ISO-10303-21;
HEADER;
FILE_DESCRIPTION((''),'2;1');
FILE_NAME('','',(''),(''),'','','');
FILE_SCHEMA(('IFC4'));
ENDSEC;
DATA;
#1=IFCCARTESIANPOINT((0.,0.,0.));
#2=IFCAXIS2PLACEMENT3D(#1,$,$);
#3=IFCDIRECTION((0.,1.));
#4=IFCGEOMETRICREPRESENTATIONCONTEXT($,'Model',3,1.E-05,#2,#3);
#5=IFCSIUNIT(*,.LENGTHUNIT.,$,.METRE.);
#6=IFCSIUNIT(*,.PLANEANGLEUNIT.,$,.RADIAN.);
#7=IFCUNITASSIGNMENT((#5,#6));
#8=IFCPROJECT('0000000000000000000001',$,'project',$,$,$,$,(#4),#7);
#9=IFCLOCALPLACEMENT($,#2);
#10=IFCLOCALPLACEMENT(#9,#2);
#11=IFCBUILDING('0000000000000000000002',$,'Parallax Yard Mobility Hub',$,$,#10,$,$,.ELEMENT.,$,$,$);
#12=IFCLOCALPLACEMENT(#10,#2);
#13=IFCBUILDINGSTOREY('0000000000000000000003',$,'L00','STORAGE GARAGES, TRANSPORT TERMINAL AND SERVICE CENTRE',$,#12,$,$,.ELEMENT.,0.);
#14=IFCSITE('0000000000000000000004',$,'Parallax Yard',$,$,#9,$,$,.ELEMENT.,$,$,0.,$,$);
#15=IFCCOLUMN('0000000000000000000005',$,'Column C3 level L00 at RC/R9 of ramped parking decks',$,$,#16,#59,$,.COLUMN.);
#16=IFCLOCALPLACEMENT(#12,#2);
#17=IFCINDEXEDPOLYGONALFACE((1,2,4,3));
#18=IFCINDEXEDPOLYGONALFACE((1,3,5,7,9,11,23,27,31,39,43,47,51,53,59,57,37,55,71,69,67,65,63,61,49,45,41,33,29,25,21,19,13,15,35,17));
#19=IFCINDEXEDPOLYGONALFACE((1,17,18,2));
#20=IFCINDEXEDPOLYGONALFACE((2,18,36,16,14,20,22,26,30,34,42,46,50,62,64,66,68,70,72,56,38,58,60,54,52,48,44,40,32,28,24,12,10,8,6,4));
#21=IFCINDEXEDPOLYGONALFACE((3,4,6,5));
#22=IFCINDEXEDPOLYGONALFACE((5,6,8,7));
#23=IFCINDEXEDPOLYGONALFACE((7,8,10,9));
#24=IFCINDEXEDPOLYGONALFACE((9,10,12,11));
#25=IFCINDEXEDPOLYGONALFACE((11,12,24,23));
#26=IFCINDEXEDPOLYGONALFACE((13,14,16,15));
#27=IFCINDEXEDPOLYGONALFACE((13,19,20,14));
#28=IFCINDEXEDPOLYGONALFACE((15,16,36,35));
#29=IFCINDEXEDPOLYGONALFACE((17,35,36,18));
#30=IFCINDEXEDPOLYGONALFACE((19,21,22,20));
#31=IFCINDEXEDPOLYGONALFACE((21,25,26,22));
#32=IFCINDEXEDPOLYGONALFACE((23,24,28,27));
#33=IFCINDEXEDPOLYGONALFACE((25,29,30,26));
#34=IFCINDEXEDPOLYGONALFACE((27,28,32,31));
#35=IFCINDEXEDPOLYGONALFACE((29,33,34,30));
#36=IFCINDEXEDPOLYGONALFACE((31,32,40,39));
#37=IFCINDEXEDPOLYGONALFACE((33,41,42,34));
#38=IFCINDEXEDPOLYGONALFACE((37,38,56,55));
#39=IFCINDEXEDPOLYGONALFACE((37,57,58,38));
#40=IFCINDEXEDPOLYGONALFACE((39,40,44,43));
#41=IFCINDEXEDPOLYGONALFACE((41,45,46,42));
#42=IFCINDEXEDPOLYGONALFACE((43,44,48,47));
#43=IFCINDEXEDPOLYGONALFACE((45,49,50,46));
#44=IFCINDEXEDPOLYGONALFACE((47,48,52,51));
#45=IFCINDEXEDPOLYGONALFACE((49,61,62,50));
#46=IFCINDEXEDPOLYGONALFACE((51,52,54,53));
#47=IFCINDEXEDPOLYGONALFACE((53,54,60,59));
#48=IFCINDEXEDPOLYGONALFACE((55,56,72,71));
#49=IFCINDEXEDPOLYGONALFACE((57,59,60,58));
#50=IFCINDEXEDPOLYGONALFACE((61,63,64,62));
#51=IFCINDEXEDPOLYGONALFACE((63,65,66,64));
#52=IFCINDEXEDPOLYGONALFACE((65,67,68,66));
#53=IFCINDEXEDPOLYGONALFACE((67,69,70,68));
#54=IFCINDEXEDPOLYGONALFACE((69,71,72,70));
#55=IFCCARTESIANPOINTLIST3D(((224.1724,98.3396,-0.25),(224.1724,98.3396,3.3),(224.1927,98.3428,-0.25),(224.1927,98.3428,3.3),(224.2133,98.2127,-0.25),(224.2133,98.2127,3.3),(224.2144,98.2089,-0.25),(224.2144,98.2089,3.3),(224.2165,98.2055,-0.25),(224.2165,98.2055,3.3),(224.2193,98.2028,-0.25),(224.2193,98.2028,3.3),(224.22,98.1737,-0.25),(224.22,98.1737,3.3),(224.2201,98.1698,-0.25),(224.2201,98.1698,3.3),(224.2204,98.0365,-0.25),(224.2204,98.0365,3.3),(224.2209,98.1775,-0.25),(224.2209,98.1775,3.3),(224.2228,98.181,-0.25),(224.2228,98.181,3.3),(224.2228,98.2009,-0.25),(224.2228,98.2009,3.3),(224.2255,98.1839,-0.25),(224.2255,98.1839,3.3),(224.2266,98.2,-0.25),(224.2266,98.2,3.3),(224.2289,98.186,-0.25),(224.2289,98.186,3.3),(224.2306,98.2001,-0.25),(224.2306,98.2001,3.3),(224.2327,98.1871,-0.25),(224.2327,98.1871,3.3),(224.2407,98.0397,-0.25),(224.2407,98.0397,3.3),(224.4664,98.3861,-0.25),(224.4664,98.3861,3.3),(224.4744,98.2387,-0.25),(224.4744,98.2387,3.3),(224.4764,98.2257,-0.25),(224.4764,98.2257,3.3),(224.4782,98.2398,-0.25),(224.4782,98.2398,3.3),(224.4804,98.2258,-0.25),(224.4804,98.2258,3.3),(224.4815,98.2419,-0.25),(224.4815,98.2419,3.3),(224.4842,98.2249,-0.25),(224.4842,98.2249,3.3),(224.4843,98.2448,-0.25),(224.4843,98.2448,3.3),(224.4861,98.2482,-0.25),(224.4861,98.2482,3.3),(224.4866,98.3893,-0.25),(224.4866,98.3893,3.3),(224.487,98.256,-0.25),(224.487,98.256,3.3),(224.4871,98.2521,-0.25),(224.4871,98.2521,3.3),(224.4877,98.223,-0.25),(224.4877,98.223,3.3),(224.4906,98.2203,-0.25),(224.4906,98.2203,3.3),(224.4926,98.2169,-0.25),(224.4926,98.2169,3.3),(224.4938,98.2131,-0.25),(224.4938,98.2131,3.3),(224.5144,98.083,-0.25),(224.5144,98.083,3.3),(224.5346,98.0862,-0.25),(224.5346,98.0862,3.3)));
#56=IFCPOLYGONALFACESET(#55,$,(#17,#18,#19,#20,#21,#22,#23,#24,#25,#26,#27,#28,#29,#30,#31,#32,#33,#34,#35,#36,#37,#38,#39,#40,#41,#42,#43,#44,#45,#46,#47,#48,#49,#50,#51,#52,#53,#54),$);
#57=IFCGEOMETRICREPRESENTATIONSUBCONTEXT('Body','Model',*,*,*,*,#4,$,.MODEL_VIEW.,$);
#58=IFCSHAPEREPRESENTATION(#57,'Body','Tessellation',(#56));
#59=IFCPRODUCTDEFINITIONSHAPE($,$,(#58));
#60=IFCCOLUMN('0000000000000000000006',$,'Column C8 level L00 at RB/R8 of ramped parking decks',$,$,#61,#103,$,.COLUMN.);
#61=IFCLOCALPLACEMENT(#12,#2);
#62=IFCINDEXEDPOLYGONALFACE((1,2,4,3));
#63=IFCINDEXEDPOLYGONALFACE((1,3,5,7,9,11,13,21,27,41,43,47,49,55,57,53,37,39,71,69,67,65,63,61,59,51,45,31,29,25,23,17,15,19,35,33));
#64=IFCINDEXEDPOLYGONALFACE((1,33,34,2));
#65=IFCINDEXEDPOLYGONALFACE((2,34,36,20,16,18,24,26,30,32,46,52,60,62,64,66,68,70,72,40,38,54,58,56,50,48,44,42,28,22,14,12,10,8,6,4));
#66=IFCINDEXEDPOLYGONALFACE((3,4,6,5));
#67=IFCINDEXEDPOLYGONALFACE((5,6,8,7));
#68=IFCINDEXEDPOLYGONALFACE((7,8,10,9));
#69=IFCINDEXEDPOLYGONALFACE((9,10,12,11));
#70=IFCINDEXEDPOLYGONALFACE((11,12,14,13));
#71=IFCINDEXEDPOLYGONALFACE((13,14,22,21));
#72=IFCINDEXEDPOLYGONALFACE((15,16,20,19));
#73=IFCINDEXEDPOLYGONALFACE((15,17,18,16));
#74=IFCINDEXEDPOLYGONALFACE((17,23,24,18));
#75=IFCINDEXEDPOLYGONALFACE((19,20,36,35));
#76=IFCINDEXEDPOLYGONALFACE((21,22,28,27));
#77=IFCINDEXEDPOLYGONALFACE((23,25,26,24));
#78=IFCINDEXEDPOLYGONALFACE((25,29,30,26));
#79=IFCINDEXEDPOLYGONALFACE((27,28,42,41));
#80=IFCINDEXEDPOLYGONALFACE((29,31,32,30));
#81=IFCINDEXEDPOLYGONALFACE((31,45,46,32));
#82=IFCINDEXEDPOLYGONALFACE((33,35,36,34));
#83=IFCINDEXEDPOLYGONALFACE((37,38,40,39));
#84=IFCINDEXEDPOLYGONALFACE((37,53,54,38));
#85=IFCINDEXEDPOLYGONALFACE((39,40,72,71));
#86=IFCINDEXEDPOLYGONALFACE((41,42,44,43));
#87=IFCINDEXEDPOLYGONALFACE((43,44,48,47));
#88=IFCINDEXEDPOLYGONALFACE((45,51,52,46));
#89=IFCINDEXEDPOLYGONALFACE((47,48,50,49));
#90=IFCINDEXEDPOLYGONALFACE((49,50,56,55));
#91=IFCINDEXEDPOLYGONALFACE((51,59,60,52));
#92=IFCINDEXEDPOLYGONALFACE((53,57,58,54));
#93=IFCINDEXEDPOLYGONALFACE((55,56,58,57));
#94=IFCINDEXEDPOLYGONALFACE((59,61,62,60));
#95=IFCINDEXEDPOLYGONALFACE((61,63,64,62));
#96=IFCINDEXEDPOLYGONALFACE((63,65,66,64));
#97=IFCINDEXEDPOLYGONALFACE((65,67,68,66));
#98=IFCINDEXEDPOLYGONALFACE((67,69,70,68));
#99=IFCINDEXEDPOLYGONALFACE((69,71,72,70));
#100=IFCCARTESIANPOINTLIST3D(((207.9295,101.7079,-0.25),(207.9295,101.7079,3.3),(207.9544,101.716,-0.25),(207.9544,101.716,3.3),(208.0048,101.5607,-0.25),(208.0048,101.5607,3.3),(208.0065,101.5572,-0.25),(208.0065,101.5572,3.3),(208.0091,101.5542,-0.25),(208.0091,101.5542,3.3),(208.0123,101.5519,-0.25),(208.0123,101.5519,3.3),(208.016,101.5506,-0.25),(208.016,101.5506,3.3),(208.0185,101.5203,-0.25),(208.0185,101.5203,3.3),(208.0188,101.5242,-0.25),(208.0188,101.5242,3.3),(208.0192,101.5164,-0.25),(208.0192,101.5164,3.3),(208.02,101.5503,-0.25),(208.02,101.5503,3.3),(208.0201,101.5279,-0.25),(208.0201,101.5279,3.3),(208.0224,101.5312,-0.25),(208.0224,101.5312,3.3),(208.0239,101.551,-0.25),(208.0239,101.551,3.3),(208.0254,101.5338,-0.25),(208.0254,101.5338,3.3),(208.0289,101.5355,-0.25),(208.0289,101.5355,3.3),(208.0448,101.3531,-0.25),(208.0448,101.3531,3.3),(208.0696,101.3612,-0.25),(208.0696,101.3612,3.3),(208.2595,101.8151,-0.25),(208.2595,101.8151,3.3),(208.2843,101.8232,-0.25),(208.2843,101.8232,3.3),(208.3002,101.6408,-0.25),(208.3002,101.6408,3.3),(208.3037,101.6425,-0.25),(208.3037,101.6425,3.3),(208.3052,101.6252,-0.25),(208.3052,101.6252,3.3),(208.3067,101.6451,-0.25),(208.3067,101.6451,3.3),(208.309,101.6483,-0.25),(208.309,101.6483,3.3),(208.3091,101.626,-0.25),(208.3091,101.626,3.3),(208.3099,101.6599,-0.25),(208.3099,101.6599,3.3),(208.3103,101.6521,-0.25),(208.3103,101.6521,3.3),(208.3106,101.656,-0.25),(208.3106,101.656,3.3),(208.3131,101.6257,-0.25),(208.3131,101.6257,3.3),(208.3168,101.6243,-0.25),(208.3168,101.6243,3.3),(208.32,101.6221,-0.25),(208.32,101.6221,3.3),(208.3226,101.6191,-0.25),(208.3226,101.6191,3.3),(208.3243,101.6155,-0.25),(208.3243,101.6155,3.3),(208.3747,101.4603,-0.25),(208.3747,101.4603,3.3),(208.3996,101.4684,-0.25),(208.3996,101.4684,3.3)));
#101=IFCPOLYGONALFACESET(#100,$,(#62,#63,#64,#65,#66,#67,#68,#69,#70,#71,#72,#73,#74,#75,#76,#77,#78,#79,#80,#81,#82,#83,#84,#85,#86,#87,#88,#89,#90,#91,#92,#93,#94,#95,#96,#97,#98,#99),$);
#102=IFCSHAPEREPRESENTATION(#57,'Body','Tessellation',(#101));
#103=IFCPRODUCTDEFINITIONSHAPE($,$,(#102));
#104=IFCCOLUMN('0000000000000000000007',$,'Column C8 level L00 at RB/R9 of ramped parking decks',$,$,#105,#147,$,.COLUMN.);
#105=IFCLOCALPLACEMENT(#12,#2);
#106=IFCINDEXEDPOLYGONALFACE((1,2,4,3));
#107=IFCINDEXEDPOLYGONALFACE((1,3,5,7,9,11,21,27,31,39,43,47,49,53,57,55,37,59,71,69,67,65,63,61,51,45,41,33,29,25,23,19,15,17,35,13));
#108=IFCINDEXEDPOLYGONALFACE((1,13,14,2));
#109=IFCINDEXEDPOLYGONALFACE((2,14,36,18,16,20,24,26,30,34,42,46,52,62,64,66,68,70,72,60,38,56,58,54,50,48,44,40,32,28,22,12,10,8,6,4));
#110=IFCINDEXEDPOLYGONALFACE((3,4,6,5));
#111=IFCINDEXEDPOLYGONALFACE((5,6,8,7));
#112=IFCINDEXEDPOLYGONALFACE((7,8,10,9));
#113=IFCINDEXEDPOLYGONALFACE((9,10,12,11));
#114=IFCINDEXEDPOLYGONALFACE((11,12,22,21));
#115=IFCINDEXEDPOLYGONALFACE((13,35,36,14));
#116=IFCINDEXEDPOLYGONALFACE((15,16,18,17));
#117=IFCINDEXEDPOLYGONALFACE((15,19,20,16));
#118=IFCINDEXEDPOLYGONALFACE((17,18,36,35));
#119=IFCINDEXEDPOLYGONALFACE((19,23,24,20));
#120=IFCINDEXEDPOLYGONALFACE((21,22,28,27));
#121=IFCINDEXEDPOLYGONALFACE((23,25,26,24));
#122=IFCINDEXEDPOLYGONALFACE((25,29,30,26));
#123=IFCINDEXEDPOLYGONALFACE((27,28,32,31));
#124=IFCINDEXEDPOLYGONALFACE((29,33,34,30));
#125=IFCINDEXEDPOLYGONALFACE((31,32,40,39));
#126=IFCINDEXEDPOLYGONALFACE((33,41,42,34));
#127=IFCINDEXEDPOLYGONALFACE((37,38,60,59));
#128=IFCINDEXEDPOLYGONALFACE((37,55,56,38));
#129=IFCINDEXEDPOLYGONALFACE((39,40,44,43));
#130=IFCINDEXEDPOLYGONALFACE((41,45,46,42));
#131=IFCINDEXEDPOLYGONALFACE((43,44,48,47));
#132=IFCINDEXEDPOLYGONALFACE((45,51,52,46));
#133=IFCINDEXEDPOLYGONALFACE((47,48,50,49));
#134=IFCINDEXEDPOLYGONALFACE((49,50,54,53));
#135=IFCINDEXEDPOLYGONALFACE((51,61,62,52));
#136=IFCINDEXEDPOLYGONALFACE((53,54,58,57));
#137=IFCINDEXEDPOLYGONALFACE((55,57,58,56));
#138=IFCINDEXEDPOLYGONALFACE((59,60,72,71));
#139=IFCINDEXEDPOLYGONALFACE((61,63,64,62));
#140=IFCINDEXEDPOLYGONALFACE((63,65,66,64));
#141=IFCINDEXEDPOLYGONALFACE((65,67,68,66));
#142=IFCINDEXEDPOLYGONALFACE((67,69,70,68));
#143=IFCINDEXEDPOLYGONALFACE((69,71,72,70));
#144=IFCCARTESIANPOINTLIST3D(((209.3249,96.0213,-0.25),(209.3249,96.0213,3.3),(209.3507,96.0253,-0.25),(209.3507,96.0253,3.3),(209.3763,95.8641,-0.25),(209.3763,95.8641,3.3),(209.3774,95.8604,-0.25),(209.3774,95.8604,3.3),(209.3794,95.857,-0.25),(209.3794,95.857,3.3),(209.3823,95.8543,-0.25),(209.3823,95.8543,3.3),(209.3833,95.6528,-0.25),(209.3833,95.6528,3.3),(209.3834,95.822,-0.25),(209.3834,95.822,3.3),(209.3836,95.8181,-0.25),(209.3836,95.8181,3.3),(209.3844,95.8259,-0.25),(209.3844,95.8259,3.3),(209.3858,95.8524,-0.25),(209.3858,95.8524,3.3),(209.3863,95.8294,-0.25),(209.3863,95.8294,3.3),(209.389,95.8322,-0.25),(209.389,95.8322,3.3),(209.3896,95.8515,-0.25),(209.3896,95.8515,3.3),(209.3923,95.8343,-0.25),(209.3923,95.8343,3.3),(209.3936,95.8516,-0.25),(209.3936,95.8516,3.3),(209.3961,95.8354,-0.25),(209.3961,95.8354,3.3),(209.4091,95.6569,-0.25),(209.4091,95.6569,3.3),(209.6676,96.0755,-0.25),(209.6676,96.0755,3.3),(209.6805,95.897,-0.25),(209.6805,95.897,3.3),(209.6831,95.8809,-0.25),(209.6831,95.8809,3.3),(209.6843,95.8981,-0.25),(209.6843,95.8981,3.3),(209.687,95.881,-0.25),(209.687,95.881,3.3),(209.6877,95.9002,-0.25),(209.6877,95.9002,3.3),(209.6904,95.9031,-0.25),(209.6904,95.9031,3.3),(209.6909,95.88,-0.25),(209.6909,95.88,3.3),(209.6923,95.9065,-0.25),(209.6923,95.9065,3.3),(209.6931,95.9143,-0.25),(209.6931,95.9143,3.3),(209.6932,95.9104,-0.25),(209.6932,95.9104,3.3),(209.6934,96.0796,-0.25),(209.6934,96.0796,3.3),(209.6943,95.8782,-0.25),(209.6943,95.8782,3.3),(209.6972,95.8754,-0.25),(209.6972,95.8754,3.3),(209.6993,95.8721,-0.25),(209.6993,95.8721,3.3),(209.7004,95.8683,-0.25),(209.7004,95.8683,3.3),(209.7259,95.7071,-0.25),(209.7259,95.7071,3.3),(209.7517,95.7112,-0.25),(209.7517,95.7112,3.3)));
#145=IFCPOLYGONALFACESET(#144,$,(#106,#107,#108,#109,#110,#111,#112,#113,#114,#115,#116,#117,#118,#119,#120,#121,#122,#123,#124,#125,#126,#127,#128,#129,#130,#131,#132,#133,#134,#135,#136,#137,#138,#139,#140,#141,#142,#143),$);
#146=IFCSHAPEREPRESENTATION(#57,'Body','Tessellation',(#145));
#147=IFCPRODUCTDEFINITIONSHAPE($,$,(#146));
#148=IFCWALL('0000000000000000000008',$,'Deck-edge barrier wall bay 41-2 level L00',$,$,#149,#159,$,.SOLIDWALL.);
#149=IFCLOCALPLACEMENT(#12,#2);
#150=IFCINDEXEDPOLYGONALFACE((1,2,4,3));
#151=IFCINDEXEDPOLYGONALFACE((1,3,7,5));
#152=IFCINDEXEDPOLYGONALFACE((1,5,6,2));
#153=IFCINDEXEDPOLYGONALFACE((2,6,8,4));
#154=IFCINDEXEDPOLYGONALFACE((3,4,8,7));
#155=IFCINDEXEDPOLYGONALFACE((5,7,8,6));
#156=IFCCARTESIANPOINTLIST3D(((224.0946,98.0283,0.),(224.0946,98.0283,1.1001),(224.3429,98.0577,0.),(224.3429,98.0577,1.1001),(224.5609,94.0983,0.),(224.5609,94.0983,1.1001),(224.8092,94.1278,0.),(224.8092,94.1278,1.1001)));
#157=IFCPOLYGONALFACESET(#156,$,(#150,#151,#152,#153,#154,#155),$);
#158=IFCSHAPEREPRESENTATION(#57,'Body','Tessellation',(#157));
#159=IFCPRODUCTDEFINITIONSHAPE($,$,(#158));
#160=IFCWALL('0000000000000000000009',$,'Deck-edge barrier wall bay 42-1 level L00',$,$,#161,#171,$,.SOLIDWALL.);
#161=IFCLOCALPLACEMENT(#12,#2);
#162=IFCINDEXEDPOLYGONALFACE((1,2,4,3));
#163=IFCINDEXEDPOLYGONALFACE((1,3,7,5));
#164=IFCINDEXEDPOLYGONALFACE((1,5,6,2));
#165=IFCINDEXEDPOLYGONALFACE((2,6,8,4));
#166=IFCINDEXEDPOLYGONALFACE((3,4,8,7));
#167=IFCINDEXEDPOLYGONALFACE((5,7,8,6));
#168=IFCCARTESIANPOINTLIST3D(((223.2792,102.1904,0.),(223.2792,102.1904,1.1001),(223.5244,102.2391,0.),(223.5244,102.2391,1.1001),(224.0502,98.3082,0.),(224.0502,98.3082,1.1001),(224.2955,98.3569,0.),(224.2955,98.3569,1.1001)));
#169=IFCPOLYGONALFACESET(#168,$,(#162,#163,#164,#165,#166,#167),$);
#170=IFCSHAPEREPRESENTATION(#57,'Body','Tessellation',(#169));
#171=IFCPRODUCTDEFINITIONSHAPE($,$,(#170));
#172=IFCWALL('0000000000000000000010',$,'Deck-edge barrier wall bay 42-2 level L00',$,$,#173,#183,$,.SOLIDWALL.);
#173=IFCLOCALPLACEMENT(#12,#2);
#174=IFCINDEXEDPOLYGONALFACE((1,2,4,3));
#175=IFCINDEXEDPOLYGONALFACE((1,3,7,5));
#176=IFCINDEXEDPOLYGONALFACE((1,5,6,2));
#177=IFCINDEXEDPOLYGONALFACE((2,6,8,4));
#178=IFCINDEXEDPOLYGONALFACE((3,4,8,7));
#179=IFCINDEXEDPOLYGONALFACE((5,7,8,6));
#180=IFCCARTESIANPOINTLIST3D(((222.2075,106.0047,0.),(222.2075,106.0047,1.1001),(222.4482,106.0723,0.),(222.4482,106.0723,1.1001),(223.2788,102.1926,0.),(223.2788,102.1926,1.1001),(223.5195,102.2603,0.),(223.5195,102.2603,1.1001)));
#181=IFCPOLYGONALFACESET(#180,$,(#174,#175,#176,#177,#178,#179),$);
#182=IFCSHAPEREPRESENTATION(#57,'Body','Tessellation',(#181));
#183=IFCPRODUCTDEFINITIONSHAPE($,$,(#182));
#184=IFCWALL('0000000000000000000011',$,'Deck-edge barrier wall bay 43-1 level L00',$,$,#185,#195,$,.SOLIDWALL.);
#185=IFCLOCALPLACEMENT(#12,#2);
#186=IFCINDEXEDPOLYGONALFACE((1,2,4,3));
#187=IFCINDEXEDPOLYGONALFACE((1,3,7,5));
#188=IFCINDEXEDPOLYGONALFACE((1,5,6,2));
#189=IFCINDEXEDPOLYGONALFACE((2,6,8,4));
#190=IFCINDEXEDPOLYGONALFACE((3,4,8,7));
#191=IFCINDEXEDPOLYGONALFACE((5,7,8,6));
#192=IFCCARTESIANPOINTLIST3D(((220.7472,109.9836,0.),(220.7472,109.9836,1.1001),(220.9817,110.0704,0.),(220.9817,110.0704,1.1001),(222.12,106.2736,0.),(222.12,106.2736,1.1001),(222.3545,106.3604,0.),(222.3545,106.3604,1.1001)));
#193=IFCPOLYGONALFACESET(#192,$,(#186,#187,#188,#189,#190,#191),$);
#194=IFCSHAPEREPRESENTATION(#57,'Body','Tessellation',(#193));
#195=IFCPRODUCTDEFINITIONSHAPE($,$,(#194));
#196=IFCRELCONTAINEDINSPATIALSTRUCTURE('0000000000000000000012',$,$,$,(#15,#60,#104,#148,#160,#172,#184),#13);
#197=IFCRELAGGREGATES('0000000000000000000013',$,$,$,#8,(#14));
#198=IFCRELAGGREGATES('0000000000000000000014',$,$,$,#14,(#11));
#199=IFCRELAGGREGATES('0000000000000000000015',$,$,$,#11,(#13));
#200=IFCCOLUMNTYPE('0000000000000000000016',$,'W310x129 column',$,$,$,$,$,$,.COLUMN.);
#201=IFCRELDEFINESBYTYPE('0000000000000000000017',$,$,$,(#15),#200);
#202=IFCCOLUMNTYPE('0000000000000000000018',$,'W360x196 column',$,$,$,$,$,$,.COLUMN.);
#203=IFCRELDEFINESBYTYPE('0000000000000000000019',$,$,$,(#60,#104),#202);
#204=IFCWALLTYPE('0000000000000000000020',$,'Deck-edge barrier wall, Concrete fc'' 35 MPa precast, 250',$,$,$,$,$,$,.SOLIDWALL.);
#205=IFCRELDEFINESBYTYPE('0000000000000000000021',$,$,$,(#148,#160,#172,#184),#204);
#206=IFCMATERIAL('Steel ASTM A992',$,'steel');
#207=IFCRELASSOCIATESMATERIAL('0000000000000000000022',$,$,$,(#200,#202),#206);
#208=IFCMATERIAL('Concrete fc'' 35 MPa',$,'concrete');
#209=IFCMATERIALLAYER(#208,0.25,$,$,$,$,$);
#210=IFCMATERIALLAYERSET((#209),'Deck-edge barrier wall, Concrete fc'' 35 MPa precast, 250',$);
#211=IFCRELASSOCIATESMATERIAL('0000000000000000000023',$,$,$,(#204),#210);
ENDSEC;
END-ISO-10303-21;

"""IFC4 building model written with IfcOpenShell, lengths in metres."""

from ifc_helpers import new_model, si_unit, direction, frame, frame_2d, origin, origin_2d, place, context, subcontext, project, spatial, rectangle, i_section, extrude, material, layer, layer_set, material_profile, profile_set, type_object, element, save


model = new_model("IFC4")

# Units and contexts
model_context = context("Model", 3, precision=1e-05, world=origin(), true_north=direction((0.0, 1.0)))
body_context = subcontext(model_context, "Body", "Model", "MODEL_VIEW")
ifc_project = project(units=[si_unit("LENGTHUNIT", "METRE"), si_unit("PLANEANGLEUNIT", "RADIAN")], contexts=[model_context])

# Site, building, storey
site_placement = place(None, origin())
site = spatial("IfcSite", under=ifc_project, at=site_placement, Name="Parallax Yard", CompositionType="ELEMENT", RefElevation=0.0)
building_placement = place(site_placement, origin())
building = spatial("IfcBuilding", under=site, at=building_placement, Name="Parallax Yard Mobility Hub", CompositionType="ELEMENT")
storey_placement = place(building_placement, origin())
storey = spatial("IfcBuildingStorey", under=building, at=storey_placement, Name="L00", Description="STORAGE GARAGES, TRANSPORT TERMINAL AND SERVICE CENTRE", CompositionType="ELEMENT", Elevation=0.0)

# Columns
ifc_material_1 = material(Name="Steel ASTM A992", Category="steel")
ifc_material_profile_1 = material_profile(ifc_material_1, i_section(OverallWidth=0.3069, OverallDepth=0.3181, WebThickness=0.0132, FlangeThickness=0.0205, FilletRadius=0.0151, at=origin_2d()), Name="W310x129")
ifc_profile_set_1 = profile_set([ifc_material_profile_1], Name="Steel ASTM A992")
column_type_1 = type_object("IfcColumnType", Name="W310x129 column", PredefinedType="COLUMN", material=ifc_profile_set_1)
for number, where, z_axis, x_axis, name in (
    (1, (224.3535, 98.2129, -0.25), (0.0, 0.0, 1.0), (-0.156434, 0.987688, 0.0), "Column C3 level L00 at RC/R9 of ramped parking decks"),
):
    element("IfcColumn", number, at=place(storey_placement, frame(where, z_axis=z_axis, x_axis=x_axis)), inside=storey, type_object=column_type_1, Name=name, PredefinedType="COLUMN", context=body_context, shape_type="SweptSolid", body=[
        extrude(i_section(OverallWidth=0.3069, OverallDepth=0.3181, WebThickness=0.0132, FlangeThickness=0.0205, FilletRadius=0.0151, at=origin_2d()), origin(), (0.0, 0.0, 1.0), 3.55),
    ])
ifc_material_profile_2 = material_profile(ifc_material_1, i_section(OverallWidth=0.373, OverallDepth=0.373, WebThickness=0.0164, FlangeThickness=0.0261, FilletRadius=0.0151, at=origin_2d()), Name="W360x196")
ifc_profile_set_2 = profile_set([ifc_material_profile_2], Name="Steel ASTM A992")
column_type_2 = type_object("IfcColumnType", Name="W360x196 column", PredefinedType="COLUMN", material=ifc_profile_set_2)
for number, where, z_axis, x_axis, name in (
    (2, (208.1646, 101.5881, -0.25), (0.0, 0.0, 1.0), (-0.309017, 0.951057, 0.0), "Column C8 level L00 at RB/R8 of ramped parking decks"),
    (3, (209.5383, 95.8662, -0.25), (0.0, 0.0, 1.0), (-0.156434, 0.987688, 0.0), "Column C8 level L00 at RB/R9 of ramped parking decks"),
):
    element("IfcColumn", number, at=place(storey_placement, frame(where, z_axis=z_axis, x_axis=x_axis)), inside=storey, type_object=column_type_2, Name=name, PredefinedType="COLUMN", context=body_context, shape_type="SweptSolid", body=[
        extrude(i_section(OverallWidth=0.373, OverallDepth=0.373, WebThickness=0.0164, FlangeThickness=0.0261, FilletRadius=0.0151, at=origin_2d()), origin(), (0.0, 0.0, 1.0), 3.55),
    ])

# Walls
ifc_material_2 = material(Name="Concrete fc' 35 MPa", Category="concrete")
ifc_layer = layer(ifc_material_2, 0.25)
ifc_layer_set = layer_set([ifc_layer], Name="Deck-edge barrier wall, Concrete fc' 35 MPa precast, 250")
wall_type = type_object("IfcWallType", Name="Deck-edge barrier wall, Concrete fc' 35 MPa precast, 250", PredefinedType="SOLIDWALL", material=ifc_layer_set)
wall_1_placement = place(storey_placement, frame((224.6851, 94.113, 0.0), z_axis=(0.0, 0.0, 1.0), x_axis=(-0.117829, 0.993034, 0.0)))
element("IfcWall", 4, at=wall_1_placement, inside=storey, type_object=wall_type, Name="Deck-edge barrier wall bay 41-2 level L00", PredefinedType="SOLIDWALL", context=body_context, shape_type="SweptSolid", body=[
    extrude(rectangle(XDim=3.9575, YDim=0.25, at=frame_2d((1.9788, 0.0))), origin(), (0.0, 0.0, 1.0), 1.1001),
])
wall_2_placement = place(storey_placement, frame((224.1729, 98.3325, 0.0), z_axis=(0.0, 0.0, 1.0), x_axis=(-0.194799, 0.980843, 0.0)))
element("IfcWall", 5, at=wall_2_placement, inside=storey, type_object=wall_type, Name="Deck-edge barrier wall bay 42-1 level L00", PredefinedType="SOLIDWALL", context=body_context, shape_type="SweptSolid", body=[
    extrude(rectangle(XDim=3.958, YDim=0.25, at=frame_2d((1.979, 0.0))), origin(), (0.0, 0.0, 1.0), 1.1001),
])
wall_3_placement = place(storey_placement, frame((223.3992, 102.2263, 0.0), z_axis=(0.0, 0.0, 1.0), x_axis=(-0.270549, 0.962706, 0.0)))
element("IfcWall", 6, at=wall_3_placement, inside=storey, type_object=wall_type, Name="Deck-edge barrier wall bay 42-2 level L00", PredefinedType="SOLIDWALL", context=body_context, shape_type="SweptSolid", body=[
    extrude(rectangle(XDim=3.9597, YDim=0.25, at=frame_2d((1.98, 0.0))), origin(), (0.0, 0.0, 1.0), 1.1001),
])
wall_4_placement = place(storey_placement, frame((222.2373, 106.3169, 0.0), z_axis=(0.0, 0.0, 1.0), x_axis=(-0.347035, 0.937852, 0.0)))
element("IfcWall", 7, at=wall_4_placement, inside=storey, type_object=wall_type, Name="Deck-edge barrier wall bay 43-1 level L00", PredefinedType="SOLIDWALL", context=body_context, shape_type="SweptSolid", body=[
    extrude(rectangle(XDim=3.9558, YDim=0.25, at=frame_2d((1.978, 0.0))), origin(), (0.0, 0.0, 1.0), 1.1001),
])

save(model, "model.ifc")
